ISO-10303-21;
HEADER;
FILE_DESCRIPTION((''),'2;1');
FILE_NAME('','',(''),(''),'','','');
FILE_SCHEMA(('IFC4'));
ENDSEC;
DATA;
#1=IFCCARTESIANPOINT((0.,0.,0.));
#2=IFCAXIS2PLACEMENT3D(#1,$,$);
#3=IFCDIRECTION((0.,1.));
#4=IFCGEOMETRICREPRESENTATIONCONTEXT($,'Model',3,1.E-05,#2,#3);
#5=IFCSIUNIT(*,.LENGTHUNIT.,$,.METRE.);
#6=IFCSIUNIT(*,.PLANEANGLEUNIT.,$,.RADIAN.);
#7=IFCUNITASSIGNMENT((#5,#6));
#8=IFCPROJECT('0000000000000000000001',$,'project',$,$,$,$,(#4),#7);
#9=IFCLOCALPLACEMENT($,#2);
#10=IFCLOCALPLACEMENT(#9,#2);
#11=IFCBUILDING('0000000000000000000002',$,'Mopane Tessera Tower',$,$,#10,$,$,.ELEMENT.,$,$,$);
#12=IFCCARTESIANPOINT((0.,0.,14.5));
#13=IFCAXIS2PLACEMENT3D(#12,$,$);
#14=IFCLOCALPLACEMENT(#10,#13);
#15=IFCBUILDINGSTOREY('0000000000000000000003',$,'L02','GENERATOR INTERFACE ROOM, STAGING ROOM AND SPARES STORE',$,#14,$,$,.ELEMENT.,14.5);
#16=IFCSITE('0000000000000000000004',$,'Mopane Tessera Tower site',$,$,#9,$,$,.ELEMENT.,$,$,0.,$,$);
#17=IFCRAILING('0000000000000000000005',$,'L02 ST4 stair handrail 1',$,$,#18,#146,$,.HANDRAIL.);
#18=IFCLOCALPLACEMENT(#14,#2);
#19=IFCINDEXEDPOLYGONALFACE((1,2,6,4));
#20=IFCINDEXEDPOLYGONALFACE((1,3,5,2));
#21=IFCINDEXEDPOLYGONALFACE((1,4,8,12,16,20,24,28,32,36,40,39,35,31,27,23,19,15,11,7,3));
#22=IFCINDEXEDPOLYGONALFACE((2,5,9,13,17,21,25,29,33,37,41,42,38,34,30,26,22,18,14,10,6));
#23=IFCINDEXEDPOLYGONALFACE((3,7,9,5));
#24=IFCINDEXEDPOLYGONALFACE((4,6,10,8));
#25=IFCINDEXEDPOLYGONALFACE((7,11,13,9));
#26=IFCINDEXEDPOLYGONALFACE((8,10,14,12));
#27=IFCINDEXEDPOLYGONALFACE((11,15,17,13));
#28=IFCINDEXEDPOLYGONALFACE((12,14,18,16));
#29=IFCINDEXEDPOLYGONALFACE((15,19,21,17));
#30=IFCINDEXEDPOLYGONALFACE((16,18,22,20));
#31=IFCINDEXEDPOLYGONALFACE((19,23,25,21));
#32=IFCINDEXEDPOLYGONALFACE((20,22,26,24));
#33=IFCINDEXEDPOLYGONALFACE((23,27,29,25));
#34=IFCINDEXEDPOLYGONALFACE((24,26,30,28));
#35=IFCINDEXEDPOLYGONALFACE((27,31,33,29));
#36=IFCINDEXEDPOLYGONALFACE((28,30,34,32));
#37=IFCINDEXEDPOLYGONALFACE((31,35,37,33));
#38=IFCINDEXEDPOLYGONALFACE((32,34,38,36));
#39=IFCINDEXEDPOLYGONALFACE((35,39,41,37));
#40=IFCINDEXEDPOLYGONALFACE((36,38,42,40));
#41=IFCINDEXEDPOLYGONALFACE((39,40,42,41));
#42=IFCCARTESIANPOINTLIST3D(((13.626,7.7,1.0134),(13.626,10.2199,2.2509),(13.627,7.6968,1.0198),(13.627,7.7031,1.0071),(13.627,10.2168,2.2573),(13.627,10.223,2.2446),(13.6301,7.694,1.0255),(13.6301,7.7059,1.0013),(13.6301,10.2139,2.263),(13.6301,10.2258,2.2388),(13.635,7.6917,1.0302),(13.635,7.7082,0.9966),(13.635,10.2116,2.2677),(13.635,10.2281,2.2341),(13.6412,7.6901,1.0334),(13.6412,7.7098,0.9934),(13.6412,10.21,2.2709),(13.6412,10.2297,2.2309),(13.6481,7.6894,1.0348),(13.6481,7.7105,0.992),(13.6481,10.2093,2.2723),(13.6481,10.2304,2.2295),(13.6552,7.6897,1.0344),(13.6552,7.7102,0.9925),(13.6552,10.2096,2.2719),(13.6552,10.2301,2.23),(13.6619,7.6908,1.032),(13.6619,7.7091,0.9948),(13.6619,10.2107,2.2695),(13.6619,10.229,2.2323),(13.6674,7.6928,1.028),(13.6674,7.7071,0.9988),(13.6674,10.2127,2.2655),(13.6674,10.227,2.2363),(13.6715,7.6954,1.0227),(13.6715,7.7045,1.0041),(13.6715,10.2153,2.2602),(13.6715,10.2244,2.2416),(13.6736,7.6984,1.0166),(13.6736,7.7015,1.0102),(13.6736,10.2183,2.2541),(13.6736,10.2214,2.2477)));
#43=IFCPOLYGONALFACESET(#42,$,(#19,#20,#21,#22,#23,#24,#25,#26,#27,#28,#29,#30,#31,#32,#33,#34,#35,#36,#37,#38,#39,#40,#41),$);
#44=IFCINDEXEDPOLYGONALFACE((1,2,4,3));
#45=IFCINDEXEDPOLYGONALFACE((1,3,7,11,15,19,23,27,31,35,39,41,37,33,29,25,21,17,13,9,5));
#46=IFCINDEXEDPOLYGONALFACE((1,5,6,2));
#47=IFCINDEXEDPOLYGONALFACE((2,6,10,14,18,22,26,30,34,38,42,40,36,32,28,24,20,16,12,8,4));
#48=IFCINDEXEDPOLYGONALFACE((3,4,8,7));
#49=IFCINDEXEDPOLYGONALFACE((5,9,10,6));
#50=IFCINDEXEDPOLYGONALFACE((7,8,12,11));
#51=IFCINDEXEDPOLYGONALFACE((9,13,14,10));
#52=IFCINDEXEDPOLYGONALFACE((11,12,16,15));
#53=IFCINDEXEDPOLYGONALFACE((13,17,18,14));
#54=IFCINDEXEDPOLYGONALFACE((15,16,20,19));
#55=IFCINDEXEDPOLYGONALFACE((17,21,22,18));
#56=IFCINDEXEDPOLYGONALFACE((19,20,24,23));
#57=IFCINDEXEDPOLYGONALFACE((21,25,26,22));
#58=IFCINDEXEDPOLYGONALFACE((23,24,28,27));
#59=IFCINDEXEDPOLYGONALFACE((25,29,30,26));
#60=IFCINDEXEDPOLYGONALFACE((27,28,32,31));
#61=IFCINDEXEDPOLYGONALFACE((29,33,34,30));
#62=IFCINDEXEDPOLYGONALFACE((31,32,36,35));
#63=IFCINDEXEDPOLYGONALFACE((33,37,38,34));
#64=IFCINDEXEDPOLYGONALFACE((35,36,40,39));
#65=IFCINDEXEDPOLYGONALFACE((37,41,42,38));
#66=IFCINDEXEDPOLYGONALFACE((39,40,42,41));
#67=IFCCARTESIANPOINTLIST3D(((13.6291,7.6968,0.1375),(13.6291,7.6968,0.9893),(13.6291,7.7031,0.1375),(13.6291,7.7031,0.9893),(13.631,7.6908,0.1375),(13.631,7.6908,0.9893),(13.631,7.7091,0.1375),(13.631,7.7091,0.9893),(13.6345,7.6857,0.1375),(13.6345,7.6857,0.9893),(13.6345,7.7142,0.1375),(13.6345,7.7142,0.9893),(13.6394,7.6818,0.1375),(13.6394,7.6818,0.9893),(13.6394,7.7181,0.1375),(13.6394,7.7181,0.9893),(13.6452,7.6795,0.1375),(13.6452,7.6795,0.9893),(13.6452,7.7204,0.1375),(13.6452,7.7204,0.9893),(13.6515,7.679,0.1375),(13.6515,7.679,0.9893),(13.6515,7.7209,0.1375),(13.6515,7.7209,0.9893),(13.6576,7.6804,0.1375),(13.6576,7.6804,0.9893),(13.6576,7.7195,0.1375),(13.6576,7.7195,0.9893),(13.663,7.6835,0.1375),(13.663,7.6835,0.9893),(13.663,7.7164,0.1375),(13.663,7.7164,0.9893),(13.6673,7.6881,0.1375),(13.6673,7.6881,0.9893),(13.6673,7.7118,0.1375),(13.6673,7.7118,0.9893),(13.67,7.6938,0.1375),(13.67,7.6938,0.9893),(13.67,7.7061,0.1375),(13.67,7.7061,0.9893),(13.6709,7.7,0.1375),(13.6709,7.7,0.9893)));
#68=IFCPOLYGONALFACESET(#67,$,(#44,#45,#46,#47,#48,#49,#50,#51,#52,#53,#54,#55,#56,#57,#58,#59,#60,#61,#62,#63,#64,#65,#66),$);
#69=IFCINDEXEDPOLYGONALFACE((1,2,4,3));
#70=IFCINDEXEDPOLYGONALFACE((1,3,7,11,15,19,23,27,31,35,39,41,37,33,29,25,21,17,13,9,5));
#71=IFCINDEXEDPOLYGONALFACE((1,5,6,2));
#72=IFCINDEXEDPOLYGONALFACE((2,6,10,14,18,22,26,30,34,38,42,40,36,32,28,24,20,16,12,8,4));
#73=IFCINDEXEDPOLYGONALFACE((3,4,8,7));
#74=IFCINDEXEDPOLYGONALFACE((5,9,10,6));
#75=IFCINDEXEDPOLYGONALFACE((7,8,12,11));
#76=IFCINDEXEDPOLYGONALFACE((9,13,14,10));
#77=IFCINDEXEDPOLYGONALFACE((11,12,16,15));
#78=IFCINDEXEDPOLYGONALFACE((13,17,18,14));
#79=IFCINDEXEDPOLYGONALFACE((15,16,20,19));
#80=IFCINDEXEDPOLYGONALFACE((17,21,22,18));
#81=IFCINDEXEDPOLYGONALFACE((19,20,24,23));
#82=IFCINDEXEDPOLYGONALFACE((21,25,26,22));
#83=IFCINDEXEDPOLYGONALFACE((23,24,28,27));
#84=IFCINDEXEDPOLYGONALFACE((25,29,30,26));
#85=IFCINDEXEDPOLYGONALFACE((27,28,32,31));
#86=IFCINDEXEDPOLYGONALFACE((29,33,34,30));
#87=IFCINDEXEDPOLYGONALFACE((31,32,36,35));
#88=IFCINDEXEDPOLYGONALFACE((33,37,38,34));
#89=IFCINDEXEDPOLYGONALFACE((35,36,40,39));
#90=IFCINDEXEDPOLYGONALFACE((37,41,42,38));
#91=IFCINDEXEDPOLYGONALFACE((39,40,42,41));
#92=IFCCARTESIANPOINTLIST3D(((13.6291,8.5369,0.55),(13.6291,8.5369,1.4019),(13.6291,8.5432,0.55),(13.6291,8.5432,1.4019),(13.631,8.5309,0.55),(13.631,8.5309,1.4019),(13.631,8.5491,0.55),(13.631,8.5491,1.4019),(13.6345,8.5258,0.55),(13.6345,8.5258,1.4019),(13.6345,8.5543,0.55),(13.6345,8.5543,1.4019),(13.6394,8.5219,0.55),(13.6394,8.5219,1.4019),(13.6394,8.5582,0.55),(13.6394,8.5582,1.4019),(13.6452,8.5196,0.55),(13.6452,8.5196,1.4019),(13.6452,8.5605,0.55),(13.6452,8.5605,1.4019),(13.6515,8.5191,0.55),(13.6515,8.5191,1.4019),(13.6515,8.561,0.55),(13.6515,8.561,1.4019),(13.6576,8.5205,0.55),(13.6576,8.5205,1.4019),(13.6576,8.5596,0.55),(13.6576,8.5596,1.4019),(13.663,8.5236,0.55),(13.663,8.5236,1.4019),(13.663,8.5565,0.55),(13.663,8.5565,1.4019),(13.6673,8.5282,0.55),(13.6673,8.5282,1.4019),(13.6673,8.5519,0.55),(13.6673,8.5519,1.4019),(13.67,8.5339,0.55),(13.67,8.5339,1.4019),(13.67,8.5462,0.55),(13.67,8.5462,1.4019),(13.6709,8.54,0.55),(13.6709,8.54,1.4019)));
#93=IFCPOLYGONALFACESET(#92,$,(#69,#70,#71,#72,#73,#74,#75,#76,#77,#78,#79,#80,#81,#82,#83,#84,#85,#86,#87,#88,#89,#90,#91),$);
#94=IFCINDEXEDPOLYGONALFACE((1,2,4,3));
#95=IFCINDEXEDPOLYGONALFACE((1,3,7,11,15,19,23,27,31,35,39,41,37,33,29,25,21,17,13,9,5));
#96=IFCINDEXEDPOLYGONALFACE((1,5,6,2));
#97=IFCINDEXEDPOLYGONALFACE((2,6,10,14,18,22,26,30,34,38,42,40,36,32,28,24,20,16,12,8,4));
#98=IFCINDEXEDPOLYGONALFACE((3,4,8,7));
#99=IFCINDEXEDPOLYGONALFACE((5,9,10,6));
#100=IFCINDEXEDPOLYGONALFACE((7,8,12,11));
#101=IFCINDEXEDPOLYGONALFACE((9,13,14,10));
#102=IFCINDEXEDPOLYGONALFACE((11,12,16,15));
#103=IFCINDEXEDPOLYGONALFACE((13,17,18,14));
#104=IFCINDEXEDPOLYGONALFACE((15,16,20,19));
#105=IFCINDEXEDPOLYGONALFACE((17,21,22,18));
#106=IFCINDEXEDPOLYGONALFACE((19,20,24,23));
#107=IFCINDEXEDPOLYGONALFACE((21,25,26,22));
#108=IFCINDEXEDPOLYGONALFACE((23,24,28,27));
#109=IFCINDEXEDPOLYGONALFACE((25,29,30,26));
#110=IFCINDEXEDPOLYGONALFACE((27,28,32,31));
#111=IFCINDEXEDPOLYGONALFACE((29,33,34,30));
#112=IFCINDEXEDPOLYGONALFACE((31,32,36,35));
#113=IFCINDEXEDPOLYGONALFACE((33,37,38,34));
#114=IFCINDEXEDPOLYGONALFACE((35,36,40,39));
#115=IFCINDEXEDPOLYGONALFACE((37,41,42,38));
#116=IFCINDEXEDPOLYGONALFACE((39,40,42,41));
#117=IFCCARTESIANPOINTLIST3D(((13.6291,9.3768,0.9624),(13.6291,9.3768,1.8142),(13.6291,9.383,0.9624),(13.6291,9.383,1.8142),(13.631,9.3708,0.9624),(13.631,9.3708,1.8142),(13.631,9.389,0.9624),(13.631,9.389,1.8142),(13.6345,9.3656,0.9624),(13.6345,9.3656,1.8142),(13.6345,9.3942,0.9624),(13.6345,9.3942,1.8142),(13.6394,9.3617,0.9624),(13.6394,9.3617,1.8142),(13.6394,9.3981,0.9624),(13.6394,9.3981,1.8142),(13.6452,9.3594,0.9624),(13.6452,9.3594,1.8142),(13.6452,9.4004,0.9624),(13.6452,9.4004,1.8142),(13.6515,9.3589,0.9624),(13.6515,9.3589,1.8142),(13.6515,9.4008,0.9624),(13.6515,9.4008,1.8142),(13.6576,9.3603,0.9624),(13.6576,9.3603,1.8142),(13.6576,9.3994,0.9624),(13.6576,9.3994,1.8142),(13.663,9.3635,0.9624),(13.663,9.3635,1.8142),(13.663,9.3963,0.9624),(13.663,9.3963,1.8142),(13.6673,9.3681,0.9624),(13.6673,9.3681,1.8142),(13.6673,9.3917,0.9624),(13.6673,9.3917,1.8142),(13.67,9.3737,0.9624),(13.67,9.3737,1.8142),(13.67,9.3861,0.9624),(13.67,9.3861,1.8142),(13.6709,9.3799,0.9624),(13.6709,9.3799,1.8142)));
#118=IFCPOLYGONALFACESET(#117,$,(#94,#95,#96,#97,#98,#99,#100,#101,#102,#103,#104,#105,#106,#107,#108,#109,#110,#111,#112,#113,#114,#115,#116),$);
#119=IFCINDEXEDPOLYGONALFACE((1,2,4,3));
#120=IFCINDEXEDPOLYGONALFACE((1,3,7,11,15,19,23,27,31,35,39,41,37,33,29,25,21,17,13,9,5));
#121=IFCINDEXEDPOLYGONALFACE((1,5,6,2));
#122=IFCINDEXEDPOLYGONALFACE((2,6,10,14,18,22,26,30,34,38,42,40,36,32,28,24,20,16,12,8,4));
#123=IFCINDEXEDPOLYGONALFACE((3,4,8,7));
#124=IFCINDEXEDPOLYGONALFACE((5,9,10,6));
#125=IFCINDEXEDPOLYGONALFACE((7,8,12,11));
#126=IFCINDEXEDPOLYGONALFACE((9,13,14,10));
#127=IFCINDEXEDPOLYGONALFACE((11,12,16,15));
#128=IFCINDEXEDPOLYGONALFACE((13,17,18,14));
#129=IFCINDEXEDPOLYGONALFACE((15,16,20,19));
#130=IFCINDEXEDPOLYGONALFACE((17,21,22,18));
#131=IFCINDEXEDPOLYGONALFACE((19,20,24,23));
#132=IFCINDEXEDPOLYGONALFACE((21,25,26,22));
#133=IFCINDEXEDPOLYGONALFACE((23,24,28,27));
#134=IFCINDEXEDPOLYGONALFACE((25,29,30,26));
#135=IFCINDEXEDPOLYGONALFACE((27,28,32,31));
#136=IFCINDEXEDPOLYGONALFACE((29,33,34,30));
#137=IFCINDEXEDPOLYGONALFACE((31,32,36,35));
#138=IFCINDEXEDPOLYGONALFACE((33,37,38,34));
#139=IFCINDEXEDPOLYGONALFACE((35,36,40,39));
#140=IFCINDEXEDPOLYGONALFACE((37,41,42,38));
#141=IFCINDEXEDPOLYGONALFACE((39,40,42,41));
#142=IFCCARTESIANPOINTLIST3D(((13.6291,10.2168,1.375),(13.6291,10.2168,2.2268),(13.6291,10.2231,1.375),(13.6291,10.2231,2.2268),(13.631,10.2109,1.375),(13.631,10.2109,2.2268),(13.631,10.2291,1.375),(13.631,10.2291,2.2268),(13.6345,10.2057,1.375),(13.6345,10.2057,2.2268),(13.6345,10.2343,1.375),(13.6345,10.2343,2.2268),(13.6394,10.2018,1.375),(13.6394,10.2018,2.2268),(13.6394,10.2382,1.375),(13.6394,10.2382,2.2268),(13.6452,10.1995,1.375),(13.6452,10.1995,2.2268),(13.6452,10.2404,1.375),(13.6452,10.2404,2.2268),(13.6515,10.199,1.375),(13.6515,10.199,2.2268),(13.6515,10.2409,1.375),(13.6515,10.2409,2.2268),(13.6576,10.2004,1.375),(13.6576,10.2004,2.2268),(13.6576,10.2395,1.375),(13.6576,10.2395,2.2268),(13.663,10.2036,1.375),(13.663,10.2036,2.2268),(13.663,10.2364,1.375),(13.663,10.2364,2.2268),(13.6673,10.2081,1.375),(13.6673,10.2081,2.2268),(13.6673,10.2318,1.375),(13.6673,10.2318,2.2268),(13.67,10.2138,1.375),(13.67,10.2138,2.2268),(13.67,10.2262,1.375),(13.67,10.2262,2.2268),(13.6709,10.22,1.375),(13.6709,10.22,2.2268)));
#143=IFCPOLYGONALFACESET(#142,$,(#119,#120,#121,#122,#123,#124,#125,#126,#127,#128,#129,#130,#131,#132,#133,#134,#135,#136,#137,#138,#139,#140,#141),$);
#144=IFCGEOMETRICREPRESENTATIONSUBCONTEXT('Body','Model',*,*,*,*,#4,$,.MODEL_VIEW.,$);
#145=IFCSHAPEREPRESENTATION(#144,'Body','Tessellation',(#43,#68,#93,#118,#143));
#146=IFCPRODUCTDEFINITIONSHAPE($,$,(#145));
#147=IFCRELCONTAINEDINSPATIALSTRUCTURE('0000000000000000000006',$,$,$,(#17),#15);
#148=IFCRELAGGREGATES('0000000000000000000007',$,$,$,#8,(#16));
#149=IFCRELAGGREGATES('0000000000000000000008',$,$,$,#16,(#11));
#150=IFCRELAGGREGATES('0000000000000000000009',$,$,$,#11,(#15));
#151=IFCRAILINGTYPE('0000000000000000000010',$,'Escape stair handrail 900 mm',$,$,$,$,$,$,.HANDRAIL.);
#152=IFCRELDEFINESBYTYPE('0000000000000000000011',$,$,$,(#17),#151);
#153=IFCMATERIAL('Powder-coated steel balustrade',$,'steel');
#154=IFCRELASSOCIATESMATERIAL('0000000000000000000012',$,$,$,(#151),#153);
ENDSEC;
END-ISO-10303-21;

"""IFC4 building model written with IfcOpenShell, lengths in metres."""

from ifc_helpers import new_model, si_unit, direction, frame, origin, origin_2d, place, context, subcontext, project, spatial, circle, extrude, material, type_object, element, save


model = new_model("IFC4")

# Units and contexts
model_context = context("Model", 3, precision=1e-05, world=origin(), true_north=direction((0.0, 1.0)))
body_context = subcontext(model_context, "Body", "Model", "MODEL_VIEW")
ifc_project = project(units=[si_unit("LENGTHUNIT", "METRE"), si_unit("PLANEANGLEUNIT", "RADIAN")], contexts=[model_context])

# Site, building, storey
site_placement = place(None, origin())
site = spatial("IfcSite", under=ifc_project, at=site_placement, Name="Mopane Tessera Tower site", CompositionType="ELEMENT", RefElevation=0.0)
building_placement = place(site_placement, origin())
building = spatial("IfcBuilding", under=site, at=building_placement, Name="Mopane Tessera Tower", CompositionType="ELEMENT")
storey_placement = place(building_placement, frame((0.0, 0.0, 14.5)))
storey = spatial("IfcBuildingStorey", under=building, at=storey_placement, Name="L02", Description="GENERATOR INTERFACE ROOM, STAGING ROOM AND SPARES STORE", CompositionType="ELEMENT", Elevation=14.5)

# Railing
ifc_material_1 = material(Name="Powder-coated steel balustrade", Category="steel")
railing_type_1 = type_object("IfcRailingType", Name="Escape stair handrail 900 mm", PredefinedType="HANDRAIL", material=ifc_material_1)
for number, where, name in (
    (1, (13.6499, 7.7, 0.1375), "L02 ST4 stair handrail 1"),
):
    element("IfcRailing", number, at=place(storey_placement, frame(where)), inside=storey, type_object=railing_type_1, Name=name, PredefinedType="HANDRAIL", context=body_context, shape_type="SweptSolid", body=[
        extrude(circle(Radius=0.0239, at=origin_2d()), frame((0.0, 0.0, 0.876), z_axis=(0.0, 0.897604, 0.440802), x_axis=(-1.0, 0.0, 0.0)), (0.0, 0.0, 1.0), 2.8074),
        extrude(circle(Radius=0.021, at=origin_2d()), origin(), (0.0, 0.0, 1.0), 0.8518),
        extrude(circle(Radius=0.021, at=origin_2d()), frame((0.0, 0.8401, 0.4126)), (0.0, 0.0, 1.0), 0.8518),
        extrude(circle(Radius=0.021, at=origin_2d()), frame((0.0, 1.6799, 0.825)), (0.0, 0.0, 1.0), 0.8518),
        extrude(circle(Radius=0.021, at=origin_2d()), frame((0.0, 2.52, 1.2375)), (0.0, 0.0, 1.0), 0.8518),
    ])

save(model, "model.ifc")
